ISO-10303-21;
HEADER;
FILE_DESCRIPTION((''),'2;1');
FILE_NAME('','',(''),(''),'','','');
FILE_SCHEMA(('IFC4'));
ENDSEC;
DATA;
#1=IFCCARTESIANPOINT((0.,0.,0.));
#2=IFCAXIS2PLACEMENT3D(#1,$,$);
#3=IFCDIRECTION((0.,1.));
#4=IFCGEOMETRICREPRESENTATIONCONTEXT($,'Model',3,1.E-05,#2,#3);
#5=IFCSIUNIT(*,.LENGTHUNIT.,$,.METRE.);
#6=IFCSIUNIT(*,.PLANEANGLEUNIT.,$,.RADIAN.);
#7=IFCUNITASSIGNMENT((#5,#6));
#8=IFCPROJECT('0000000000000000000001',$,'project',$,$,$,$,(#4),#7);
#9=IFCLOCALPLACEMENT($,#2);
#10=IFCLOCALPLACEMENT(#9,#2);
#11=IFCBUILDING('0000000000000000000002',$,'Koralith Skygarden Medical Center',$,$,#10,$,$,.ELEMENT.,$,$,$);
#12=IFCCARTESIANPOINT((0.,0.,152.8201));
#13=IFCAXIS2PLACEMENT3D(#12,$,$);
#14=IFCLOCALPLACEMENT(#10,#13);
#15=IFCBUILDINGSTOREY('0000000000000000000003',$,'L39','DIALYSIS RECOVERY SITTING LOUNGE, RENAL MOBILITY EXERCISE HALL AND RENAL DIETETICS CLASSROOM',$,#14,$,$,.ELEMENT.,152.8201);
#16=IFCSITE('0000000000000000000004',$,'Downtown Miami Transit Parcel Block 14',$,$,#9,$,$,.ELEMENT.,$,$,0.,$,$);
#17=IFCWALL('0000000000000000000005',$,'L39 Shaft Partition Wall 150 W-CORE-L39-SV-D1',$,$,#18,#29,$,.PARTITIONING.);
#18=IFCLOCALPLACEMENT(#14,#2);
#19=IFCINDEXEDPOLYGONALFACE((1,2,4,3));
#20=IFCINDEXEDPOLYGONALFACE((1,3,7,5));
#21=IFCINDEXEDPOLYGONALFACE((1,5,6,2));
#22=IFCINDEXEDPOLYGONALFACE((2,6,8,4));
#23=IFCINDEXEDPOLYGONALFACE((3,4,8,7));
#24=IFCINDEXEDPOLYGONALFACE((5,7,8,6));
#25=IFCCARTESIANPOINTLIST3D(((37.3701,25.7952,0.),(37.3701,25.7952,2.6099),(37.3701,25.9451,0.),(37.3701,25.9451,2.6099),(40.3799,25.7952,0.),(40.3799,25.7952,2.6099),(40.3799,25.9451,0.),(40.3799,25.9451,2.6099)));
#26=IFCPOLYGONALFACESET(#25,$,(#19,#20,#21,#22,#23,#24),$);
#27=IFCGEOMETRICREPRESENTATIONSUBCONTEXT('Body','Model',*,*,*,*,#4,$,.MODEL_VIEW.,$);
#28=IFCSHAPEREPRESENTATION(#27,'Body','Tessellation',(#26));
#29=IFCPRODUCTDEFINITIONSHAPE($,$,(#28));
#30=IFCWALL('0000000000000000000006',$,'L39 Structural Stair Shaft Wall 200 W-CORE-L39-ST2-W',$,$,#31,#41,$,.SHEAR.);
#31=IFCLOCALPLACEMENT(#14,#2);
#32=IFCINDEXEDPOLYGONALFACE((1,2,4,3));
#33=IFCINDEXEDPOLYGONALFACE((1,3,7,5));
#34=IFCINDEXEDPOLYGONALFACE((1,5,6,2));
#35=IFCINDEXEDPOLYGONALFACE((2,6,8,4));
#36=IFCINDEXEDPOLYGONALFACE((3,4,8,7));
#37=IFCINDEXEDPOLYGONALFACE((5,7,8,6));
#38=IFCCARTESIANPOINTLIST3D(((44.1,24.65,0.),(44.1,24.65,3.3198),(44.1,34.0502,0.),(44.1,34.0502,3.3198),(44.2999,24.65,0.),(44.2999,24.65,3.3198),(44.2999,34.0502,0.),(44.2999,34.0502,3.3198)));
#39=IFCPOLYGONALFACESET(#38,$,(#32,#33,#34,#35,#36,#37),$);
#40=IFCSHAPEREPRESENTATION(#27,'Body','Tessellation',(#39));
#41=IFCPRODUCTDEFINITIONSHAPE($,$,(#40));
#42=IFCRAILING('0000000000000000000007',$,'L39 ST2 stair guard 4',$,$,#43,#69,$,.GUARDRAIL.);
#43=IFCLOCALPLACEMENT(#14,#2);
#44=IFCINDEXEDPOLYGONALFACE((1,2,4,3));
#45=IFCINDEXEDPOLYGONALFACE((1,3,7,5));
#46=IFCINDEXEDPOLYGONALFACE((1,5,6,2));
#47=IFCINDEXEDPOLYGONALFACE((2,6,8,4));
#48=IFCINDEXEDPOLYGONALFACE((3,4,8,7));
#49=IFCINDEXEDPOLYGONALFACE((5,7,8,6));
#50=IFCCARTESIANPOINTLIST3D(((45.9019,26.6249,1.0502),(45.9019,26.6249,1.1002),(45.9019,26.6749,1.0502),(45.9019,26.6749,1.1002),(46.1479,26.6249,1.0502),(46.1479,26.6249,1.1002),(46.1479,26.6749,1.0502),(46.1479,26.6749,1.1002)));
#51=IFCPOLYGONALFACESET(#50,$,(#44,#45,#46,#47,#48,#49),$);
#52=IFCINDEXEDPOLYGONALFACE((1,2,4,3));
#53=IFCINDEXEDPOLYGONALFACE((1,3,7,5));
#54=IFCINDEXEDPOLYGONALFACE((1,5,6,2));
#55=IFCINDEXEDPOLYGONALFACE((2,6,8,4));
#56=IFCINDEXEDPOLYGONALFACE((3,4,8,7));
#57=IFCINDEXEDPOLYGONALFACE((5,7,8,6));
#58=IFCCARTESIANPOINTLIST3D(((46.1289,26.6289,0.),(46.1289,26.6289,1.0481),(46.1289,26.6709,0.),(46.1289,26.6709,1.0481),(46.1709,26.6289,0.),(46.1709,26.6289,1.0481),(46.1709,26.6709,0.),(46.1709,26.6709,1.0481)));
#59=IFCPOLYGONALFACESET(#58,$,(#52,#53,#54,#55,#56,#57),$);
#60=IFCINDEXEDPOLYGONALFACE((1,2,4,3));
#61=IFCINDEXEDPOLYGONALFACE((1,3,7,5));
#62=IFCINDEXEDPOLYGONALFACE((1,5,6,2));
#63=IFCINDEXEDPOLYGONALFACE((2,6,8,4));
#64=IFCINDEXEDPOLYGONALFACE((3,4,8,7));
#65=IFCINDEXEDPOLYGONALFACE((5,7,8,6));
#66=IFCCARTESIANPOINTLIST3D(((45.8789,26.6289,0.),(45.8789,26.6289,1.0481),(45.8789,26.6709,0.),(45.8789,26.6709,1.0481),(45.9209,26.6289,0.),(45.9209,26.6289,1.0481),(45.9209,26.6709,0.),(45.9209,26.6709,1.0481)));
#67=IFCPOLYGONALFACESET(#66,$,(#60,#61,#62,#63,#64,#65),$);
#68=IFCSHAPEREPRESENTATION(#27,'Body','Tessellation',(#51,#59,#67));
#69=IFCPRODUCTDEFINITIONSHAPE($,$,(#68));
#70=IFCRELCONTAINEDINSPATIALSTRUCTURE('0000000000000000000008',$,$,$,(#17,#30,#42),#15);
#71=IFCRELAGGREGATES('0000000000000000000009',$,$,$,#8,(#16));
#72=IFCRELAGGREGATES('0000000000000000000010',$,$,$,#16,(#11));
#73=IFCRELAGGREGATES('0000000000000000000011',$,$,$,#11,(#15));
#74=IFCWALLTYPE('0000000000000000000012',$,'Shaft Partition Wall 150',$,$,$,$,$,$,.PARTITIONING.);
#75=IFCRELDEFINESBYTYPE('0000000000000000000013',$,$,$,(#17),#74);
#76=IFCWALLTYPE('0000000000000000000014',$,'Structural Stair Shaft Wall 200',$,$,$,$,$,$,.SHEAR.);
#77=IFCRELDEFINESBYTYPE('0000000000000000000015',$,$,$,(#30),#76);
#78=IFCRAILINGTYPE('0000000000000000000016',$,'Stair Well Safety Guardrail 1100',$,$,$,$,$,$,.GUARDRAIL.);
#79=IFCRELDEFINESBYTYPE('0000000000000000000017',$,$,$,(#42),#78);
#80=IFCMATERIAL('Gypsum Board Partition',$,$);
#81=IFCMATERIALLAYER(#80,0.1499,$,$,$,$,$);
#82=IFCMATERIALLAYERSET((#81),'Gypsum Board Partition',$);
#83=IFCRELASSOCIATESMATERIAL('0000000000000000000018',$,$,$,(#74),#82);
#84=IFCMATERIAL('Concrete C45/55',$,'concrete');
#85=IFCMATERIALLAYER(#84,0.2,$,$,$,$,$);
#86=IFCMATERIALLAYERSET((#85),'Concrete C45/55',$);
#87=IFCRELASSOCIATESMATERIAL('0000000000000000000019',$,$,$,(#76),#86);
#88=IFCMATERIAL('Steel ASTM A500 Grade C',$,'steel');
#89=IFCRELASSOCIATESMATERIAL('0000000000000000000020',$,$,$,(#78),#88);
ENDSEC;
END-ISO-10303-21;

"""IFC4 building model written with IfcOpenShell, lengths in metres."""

from ifc_helpers import new_model, si_unit, direction, frame, frame_2d, origin, origin_2d, place, context, subcontext, project, spatial, rectangle, extrude, material, layer, layer_set, type_object, element, save


model = new_model("IFC4")

# Units and contexts
model_context = context("Model", 3, precision=1e-05, world=origin(), true_north=direction((0.0, 1.0)))
body_context = subcontext(model_context, "Body", "Model", "MODEL_VIEW")
ifc_project = project(units=[si_unit("LENGTHUNIT", "METRE"), si_unit("PLANEANGLEUNIT", "RADIAN")], contexts=[model_context])

# Site, building, storey
site_placement = place(None, origin())
site = spatial("IfcSite", under=ifc_project, at=site_placement, Name="Downtown Miami Transit Parcel Block 14", CompositionType="ELEMENT", RefElevation=0.0)
building_placement = place(site_placement, origin())
building = spatial("IfcBuilding", under=site, at=building_placement, Name="Koralith Skygarden Medical Center", CompositionType="ELEMENT")
storey_placement = place(building_placement, frame((0.0, 0.0, 152.8201)))
storey = spatial("IfcBuildingStorey", under=building, at=storey_placement, Name="L39", Description="DIALYSIS RECOVERY SITTING LOUNGE, RENAL MOBILITY EXERCISE HALL AND RENAL DIETETICS CLASSROOM", CompositionType="ELEMENT", Elevation=152.8201)

# Shared definitions
ifc_material_1 = material(Name="Gypsum Board Partition")
ifc_material_2 = material(Name="Steel ASTM A500 Grade C", Category="steel")

# Walls
ifc_layer_1 = layer(ifc_material_1, 0.1499)
ifc_layer_set_1 = layer_set([ifc_layer_1], Name="Gypsum Board Partition")
wall_type_1 = type_object("IfcWallType", Name="Shaft Partition Wall 150", PredefinedType="PARTITIONING", material=ifc_layer_set_1)
wall_1_placement = place(storey_placement, frame((37.3701, 25.8701, 0.0), z_axis=(0.0, 0.0, 1.0), x_axis=(1.0, 0.0, 0.0)))
element("IfcWall", 1, at=wall_1_placement, inside=storey, type_object=wall_type_1, Name="L39 Shaft Partition Wall 150 W-CORE-L39-SV-D1", PredefinedType="PARTITIONING", context=body_context, shape_type="SweptSolid", body=[
    extrude(rectangle(XDim=3.0098, YDim=0.1499, at=frame_2d((1.5049, 0.0))), origin(), (0.0, 0.0, 1.0), 2.6099),
])
ifc_material_3 = material(Name="Concrete C45/55", Category="concrete")
ifc_layer_2 = layer(ifc_material_3, 0.2)
ifc_layer_set_2 = layer_set([ifc_layer_2], Name="Concrete C45/55")
wall_type_2 = type_object("IfcWallType", Name="Structural Stair Shaft Wall 200", PredefinedType="SHEAR", material=ifc_layer_set_2)
wall_2_placement = place(storey_placement, frame((44.2, 24.6499, 0.0), z_axis=(0.0, 0.0, 1.0), x_axis=(0.0, 1.0, 0.0)))
element("IfcWall", 2, at=wall_2_placement, inside=storey, type_object=wall_type_2, Name="L39 Structural Stair Shaft Wall 200 W-CORE-L39-ST2-W", PredefinedType="SHEAR", context=body_context, shape_type="SweptSolid", body=[
    extrude(rectangle(XDim=9.4001, YDim=0.2, at=frame_2d((4.7002, 0.0))), origin(), (0.0, 0.0, 1.0), 3.3198),
])

# Railing
railing_type = type_object("IfcRailingType", Name="Stair Well Safety Guardrail 1100", PredefinedType="GUARDRAIL", material=ifc_material_2)
railing_placement = place(storey_placement, frame((46.1499, 26.6499, 0.0)))
element("IfcRailing", 3, at=railing_placement, inside=storey, type_object=railing_type, Name="L39 ST2 stair guard 4", PredefinedType="GUARDRAIL", context=body_context, shape_type="SweptSolid", body=[
    extrude(rectangle(XDim=0.05, YDim=0.05, at=origin_2d()), frame((-0.002, 0.0, 1.0752), z_axis=(-1.0, 0.0, 0.0), x_axis=(0.0, -1.0, 0.0)), (0.0, 0.0, 1.0), 0.2461),
    extrude(rectangle(XDim=0.042, YDim=0.042, at=origin_2d()), origin(), (0.0, 0.0, 1.0), 1.0481),
    extrude(rectangle(XDim=0.042, YDim=0.042, at=origin_2d()), frame((-0.25, 0.0, 0.0)), (0.0, 0.0, 1.0), 1.0481),
])

save(model, "model.ifc")
